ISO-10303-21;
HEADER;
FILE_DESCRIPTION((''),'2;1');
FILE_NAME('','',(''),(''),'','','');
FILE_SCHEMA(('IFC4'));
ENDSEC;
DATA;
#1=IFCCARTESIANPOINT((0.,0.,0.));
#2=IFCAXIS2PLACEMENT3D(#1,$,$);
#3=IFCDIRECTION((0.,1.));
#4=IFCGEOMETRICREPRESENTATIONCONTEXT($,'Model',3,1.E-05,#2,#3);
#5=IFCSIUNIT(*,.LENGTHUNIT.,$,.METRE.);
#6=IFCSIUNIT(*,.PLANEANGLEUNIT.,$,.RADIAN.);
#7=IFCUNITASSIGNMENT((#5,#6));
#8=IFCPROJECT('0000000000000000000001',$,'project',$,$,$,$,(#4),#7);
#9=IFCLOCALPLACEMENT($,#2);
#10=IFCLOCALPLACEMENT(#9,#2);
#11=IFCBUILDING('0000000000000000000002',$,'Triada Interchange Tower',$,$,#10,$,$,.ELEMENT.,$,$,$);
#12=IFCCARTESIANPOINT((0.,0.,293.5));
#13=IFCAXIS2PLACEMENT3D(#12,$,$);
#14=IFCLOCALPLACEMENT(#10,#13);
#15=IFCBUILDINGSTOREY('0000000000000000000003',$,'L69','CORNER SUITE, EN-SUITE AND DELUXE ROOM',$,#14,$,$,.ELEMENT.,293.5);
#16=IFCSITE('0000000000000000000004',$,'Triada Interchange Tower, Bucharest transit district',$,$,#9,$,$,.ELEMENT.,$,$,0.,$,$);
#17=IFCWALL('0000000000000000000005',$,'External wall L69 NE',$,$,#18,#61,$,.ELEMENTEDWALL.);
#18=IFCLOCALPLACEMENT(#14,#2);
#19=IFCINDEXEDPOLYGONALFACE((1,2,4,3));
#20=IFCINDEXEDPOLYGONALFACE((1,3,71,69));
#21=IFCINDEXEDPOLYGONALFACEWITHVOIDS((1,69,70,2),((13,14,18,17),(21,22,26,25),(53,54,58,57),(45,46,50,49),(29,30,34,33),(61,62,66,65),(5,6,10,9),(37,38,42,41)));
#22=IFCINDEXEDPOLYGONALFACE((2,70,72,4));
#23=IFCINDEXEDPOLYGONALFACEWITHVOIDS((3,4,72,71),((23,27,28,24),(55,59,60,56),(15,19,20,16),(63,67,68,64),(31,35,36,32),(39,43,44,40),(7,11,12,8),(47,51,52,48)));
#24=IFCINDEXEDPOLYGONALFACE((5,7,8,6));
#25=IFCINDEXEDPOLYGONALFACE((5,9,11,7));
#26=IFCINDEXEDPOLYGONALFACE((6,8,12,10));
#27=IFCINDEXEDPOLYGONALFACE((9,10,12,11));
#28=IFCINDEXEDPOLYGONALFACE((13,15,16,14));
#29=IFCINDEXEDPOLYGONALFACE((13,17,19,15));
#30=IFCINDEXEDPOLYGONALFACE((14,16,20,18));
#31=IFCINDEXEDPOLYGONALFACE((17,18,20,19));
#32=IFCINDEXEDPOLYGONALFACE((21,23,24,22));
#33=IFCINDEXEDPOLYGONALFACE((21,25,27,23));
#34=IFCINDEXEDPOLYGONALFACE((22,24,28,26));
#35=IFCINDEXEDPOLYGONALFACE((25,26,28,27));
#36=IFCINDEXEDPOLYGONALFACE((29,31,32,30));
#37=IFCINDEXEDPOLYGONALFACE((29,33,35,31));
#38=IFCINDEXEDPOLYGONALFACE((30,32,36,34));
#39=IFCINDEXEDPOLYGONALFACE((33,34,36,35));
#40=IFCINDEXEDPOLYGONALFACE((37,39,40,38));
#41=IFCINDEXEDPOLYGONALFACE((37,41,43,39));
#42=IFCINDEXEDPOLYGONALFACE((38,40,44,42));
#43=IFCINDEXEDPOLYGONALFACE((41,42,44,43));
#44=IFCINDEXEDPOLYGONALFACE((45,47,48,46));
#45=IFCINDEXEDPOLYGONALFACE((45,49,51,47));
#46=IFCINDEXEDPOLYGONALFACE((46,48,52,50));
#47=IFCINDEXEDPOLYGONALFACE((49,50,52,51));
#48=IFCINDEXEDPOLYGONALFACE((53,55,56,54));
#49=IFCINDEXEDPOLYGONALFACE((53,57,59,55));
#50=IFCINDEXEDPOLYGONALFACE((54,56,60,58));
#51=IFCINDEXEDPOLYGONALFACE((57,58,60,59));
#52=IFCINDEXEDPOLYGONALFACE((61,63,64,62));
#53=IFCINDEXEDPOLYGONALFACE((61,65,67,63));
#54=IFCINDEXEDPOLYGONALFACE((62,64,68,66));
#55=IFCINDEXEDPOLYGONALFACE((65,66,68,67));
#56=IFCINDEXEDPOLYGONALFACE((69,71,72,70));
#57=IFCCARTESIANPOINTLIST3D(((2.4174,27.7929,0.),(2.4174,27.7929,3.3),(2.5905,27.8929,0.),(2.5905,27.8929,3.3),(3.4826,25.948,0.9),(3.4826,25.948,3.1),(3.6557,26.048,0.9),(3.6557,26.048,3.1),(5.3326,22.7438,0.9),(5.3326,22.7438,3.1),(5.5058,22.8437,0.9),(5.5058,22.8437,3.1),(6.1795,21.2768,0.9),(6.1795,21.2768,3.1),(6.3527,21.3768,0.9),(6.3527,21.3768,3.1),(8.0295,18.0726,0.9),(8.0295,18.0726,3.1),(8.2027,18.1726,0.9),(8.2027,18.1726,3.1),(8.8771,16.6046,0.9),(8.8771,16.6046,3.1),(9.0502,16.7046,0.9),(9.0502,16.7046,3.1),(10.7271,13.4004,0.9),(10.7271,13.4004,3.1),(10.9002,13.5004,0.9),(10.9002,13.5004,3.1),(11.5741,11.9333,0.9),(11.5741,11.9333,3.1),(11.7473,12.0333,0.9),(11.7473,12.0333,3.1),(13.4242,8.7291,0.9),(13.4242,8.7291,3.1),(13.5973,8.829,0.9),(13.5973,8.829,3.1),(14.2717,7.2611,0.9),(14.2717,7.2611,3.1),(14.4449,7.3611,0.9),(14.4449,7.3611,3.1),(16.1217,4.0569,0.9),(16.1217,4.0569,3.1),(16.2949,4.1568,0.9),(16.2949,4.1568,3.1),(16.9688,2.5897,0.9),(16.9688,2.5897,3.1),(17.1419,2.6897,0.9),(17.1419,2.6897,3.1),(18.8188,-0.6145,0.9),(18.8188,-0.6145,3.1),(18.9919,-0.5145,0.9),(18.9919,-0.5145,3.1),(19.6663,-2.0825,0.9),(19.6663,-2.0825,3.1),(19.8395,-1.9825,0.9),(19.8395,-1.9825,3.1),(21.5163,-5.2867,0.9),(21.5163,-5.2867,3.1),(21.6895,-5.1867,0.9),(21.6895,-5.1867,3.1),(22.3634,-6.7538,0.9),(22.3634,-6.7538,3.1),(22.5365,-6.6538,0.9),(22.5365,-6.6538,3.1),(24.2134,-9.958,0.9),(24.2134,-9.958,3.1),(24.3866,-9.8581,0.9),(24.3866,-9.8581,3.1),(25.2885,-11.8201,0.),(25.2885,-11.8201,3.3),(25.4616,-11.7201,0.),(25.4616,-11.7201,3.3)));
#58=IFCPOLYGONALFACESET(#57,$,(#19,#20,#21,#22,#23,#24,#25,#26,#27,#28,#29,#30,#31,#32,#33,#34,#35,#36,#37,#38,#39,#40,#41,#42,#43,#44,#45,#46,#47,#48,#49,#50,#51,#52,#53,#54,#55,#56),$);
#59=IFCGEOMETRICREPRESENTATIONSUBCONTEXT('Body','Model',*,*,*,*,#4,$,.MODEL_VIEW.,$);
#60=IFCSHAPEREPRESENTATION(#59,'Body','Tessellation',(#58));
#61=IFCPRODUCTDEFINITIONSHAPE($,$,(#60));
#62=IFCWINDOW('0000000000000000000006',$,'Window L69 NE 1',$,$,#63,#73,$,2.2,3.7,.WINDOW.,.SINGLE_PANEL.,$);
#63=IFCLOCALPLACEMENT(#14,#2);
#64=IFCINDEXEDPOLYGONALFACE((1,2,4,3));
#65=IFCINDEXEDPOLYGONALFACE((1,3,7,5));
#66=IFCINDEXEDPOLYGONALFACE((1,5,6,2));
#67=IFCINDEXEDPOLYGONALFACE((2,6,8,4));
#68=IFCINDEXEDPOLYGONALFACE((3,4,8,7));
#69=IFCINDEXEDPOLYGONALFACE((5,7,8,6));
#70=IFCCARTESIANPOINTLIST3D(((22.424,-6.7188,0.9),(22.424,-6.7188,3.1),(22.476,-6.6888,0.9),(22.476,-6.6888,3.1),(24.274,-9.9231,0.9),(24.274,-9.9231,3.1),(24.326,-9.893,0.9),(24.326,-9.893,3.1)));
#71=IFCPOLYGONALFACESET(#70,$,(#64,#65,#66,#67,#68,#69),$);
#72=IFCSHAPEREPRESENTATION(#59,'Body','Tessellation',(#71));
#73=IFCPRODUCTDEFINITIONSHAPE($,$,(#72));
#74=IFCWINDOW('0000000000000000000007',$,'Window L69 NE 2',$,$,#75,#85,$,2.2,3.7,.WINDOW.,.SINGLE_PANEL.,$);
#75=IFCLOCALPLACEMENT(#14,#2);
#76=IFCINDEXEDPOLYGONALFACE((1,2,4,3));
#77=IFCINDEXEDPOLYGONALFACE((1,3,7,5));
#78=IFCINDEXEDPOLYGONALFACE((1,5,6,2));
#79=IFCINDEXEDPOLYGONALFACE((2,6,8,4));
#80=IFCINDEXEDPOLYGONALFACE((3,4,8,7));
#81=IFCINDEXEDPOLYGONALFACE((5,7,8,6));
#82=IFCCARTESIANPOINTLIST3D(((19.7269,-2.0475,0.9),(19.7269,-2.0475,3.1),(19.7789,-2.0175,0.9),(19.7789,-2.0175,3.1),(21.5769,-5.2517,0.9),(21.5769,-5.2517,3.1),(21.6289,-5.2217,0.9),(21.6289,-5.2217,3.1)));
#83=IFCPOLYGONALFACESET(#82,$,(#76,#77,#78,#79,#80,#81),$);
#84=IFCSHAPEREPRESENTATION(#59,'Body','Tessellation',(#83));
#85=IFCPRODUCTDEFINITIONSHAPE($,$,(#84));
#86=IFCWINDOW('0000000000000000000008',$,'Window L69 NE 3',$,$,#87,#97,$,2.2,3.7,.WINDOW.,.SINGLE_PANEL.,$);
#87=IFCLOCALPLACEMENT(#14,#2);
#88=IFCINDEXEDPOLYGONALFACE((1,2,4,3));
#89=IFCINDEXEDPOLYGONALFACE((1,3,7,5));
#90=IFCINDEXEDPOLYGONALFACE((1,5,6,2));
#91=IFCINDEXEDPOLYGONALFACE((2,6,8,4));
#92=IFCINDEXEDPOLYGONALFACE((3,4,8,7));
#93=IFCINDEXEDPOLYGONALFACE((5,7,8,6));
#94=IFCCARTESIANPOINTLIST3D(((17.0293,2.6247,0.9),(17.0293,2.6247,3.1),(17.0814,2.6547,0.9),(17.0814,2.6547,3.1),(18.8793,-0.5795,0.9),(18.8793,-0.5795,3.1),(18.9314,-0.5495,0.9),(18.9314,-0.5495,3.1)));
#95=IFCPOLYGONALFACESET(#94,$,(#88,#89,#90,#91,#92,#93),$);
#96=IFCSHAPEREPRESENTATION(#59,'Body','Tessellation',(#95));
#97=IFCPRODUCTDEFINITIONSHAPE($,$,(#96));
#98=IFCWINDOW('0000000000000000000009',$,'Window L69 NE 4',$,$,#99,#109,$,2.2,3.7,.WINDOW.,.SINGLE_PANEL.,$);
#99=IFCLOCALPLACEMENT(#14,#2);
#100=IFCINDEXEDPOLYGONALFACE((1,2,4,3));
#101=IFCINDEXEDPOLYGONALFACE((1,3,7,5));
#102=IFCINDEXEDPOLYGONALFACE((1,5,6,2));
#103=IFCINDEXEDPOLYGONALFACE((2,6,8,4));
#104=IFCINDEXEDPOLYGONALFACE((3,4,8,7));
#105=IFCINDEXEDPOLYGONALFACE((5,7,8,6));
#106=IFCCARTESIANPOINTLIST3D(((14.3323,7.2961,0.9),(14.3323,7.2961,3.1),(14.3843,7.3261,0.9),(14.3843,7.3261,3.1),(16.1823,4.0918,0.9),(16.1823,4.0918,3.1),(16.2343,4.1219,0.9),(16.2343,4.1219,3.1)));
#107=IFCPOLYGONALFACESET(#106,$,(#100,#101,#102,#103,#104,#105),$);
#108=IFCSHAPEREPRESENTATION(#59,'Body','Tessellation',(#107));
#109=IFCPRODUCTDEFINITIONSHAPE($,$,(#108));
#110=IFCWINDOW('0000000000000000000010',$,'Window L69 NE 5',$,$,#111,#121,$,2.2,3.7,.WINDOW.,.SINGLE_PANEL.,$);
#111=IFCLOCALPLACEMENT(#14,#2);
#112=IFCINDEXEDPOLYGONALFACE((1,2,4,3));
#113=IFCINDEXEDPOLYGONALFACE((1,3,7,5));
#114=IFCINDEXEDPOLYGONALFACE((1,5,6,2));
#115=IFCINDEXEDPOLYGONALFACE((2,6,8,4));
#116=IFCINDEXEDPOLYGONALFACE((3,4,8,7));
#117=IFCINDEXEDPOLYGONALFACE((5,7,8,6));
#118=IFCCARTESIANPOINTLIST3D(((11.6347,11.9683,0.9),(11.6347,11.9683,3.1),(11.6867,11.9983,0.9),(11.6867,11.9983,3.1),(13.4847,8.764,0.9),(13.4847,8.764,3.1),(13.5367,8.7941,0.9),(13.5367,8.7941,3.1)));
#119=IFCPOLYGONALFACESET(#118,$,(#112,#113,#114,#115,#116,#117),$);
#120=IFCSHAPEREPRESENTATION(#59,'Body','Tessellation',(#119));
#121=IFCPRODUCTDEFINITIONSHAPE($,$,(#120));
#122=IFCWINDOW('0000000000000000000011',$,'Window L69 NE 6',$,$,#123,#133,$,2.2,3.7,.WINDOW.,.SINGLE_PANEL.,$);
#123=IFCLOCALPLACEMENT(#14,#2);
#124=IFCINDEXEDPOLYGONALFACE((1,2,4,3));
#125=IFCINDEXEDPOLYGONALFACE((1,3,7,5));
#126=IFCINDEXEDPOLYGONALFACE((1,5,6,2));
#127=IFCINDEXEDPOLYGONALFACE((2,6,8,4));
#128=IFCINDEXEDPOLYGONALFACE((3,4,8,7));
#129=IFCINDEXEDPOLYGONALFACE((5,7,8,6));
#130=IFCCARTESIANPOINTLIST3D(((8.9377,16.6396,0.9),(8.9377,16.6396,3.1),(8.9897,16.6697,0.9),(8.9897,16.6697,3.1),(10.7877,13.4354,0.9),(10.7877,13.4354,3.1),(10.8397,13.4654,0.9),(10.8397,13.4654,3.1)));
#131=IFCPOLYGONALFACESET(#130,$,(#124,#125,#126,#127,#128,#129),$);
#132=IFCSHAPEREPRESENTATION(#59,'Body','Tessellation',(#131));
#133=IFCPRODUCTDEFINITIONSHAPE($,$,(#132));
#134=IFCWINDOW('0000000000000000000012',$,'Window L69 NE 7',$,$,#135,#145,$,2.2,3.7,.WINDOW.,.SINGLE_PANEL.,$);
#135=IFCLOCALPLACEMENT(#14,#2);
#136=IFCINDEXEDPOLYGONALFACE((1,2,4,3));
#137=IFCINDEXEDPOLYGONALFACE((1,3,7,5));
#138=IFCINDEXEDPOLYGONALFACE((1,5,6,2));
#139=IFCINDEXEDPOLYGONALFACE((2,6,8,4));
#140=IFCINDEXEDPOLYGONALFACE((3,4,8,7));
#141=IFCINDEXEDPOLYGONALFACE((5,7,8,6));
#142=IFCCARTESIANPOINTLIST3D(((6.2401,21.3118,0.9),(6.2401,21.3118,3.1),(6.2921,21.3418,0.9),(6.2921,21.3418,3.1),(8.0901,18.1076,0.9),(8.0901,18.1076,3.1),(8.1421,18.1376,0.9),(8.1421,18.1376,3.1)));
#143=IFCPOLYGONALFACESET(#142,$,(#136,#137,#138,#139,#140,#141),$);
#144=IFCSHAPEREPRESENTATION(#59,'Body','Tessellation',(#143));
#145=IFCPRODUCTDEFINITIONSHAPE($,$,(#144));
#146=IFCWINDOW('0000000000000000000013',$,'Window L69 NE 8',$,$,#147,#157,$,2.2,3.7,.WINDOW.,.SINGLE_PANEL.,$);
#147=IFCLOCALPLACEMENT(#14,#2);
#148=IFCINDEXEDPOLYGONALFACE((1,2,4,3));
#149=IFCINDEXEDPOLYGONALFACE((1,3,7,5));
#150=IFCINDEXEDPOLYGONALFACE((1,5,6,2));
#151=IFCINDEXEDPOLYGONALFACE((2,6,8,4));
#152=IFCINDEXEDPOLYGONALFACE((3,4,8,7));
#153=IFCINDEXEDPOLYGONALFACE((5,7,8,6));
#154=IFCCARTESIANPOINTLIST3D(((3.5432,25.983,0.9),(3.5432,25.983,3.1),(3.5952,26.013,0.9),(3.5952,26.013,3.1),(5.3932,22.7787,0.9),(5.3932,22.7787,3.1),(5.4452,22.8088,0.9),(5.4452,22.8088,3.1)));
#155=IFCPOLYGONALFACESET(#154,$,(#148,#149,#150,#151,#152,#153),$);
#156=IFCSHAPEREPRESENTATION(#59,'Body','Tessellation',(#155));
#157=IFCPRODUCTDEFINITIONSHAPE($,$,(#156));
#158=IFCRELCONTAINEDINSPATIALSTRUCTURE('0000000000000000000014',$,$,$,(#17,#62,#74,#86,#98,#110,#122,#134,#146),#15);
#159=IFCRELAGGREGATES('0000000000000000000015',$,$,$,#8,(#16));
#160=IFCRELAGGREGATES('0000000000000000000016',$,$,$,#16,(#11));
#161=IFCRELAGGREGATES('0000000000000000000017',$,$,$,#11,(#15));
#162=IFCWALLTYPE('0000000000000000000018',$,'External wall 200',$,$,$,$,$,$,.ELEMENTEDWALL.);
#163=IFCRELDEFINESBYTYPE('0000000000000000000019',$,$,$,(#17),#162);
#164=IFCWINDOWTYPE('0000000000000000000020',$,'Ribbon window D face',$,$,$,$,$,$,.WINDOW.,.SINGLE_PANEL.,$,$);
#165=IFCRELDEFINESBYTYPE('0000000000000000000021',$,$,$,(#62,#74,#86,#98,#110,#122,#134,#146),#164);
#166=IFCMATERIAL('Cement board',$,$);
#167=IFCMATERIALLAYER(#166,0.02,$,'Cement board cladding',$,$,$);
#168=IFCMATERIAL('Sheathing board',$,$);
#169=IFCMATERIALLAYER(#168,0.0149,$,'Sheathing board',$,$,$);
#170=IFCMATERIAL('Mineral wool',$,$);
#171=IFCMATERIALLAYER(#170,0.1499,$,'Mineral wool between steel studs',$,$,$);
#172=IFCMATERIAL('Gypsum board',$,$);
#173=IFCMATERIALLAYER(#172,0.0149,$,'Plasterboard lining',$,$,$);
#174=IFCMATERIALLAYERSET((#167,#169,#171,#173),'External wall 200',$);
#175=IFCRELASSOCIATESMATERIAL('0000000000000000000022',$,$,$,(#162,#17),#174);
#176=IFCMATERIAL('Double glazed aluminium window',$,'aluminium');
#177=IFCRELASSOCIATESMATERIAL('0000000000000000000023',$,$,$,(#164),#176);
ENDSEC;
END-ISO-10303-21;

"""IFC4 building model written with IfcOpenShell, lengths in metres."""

from ifc_helpers import new_model, si_unit, direction, frame, frame_2d, origin, place, context, subcontext, project, spatial, rectangle, extrude, material, layer, layer_set, layer_usage, type_object, element, fill, save


model = new_model("IFC4")

# Units and contexts
model_context = context("Model", 3, precision=1e-05, world=origin(), true_north=direction((0.0, 1.0)))
body_context = subcontext(model_context, "Body", "Model", "MODEL_VIEW")
ifc_project = project(units=[si_unit("LENGTHUNIT", "METRE"), si_unit("PLANEANGLEUNIT", "RADIAN")], contexts=[model_context])

# Site, building, storey
site_placement = place(None, origin())
site = spatial("IfcSite", under=ifc_project, at=site_placement, Name="Triada Interchange Tower, Bucharest transit district", CompositionType="ELEMENT", RefElevation=0.0)
building_placement = place(site_placement, origin())
building = spatial("IfcBuilding", under=site, at=building_placement, Name="Triada Interchange Tower", CompositionType="ELEMENT")
storey_placement = place(building_placement, frame((0.0, 0.0, 293.5)))
storey = spatial("IfcBuildingStorey", under=building, at=storey_placement, Name="L69", Description="CORNER SUITE, EN-SUITE AND DELUXE ROOM", CompositionType="ELEMENT", Elevation=293.5)

# Shared definitions
ifc_material_1 = material(Name="Cement board")
ifc_layer_1 = layer(ifc_material_1, 0.02, Name="Cement board cladding")
ifc_material_2 = material(Name="Sheathing board")
ifc_layer_2 = layer(ifc_material_2, 0.0149, Name="Sheathing board")
ifc_material_3 = material(Name="Mineral wool")
ifc_layer_3 = layer(ifc_material_3, 0.1499, Name="Mineral wool between steel studs")
ifc_material_4 = material(Name="Gypsum board")
ifc_layer_4 = layer(ifc_material_4, 0.0149, Name="Plasterboard lining")
ifc_layer_set_1 = layer_set([ifc_layer_1, ifc_layer_2, ifc_layer_3, ifc_layer_4], Name="External wall 200")
ifc_layer_usage = layer_usage(ifc_layer_set_1, "AXIS2", "POSITIVE", -0.1001)
wall_type_1 = type_object("IfcWallType", Name="External wall 200", PredefinedType="ELEMENTEDWALL", material=ifc_layer_set_1)
ifc_material_5 = material(Name="Double glazed aluminium window", Category="aluminium")

# Wall, openings, windows
wall_1_placement = place(storey_placement, frame((25.375, -11.77, 0.0), z_axis=(0.0, 0.0, 1.0), x_axis=(-0.500008, 0.866021, 0.0)))
wall_1 = element("IfcWall", 1, at=wall_1_placement, inside=storey, type_object=wall_type_1, material=ifc_layer_usage, Name="External wall L69 NE", PredefinedType="ELEMENTEDWALL", context=body_context, shape_type="SweptSolid", body=[
    extrude(rectangle(XDim=45.7415, YDim=0.2, at=frame_2d((22.8706, 0.0))), origin(), (0.0, 0.0, 1.0), 3.3),
])
opening_1_placement = place(wall_1_placement, frame((2.1499, 0.0, 0.8999)))
opening_1 = element("IfcOpeningElement", 2, at=opening_1_placement, cuts=wall_1, PredefinedType="OPENING", context=body_context, shape_type="SweptSolid", body=[
    extrude(rectangle(XDim=3.7, YDim=2.2, at=frame_2d((1.8501, 1.1001))), frame((0.0, 0.1099, 0.0), z_axis=(0.0, -1.0, 0.0), x_axis=(1.0, 0.0, 0.0)), (0.0, 0.0, 1.0), 0.22),
])
opening_2_placement = place(wall_1_placement, frame((7.5439, 0.0, 0.8999)))
opening_2 = element("IfcOpeningElement", 3, at=opening_2_placement, cuts=wall_1, PredefinedType="OPENING", context=body_context, shape_type="SweptSolid", body=[
    extrude(rectangle(XDim=3.7, YDim=2.2, at=frame_2d((1.8501, 1.1001))), frame((0.0, 0.1099, 0.0), z_axis=(0.0, -1.0, 0.0), x_axis=(1.0, 0.0, 0.0)), (0.0, 0.0, 1.0), 0.22),
])
opening_3_placement = place(wall_1_placement, frame((12.939, 0.0, 0.8999)))
opening_3 = element("IfcOpeningElement", 4, at=opening_3_placement, cuts=wall_1, PredefinedType="OPENING", context=body_context, shape_type="SweptSolid", body=[
    extrude(rectangle(XDim=3.7, YDim=2.2, at=frame_2d((1.8501, 1.1001))), frame((0.0, 0.1099, 0.0), z_axis=(0.0, -1.0, 0.0), x_axis=(1.0, 0.0, 0.0)), (0.0, 0.0, 1.0), 0.22),
])
opening_4_placement = place(wall_1_placement, frame((18.333, 0.0, 0.8999)))
opening_4 = element("IfcOpeningElement", 5, at=opening_4_placement, cuts=wall_1, PredefinedType="OPENING", context=body_context, shape_type="SweptSolid", body=[
    extrude(rectangle(XDim=3.7, YDim=2.2, at=frame_2d((1.8501, 1.1001))), frame((0.0, 0.1099, 0.0), z_axis=(0.0, -1.0, 0.0), x_axis=(1.0, 0.0, 0.0)), (0.0, 0.0, 1.0), 0.22),
])
opening_5_placement = place(wall_1_placement, frame((23.728, 0.0, 0.8999)))
opening_5 = element("IfcOpeningElement", 6, at=opening_5_placement, cuts=wall_1, PredefinedType="OPENING", context=body_context, shape_type="SweptSolid", body=[
    extrude(rectangle(XDim=3.7, YDim=2.2, at=frame_2d((1.8501, 1.1001))), frame((0.0, 0.1099, 0.0), z_axis=(0.0, -1.0, 0.0), x_axis=(1.0, 0.0, 0.0)), (0.0, 0.0, 1.0), 0.22),
])
opening_6_placement = place(wall_1_placement, frame((29.1221, 0.0, 0.8999)))
opening_6 = element("IfcOpeningElement", 7, at=opening_6_placement, cuts=wall_1, PredefinedType="OPENING", context=body_context, shape_type="SweptSolid", body=[
    extrude(rectangle(XDim=3.7, YDim=2.2, at=frame_2d((1.8501, 1.1001))), frame((0.0, 0.1099, 0.0), z_axis=(0.0, -1.0, 0.0), x_axis=(1.0, 0.0, 0.0)), (0.0, 0.0, 1.0), 0.22),
])
opening_7_placement = place(wall_1_placement, frame((34.5171, 0.0, 0.8999)))
opening_7 = element("IfcOpeningElement", 8, at=opening_7_placement, cuts=wall_1, PredefinedType="OPENING", context=body_context, shape_type="SweptSolid", body=[
    extrude(rectangle(XDim=3.7, YDim=2.2, at=frame_2d((1.8501, 1.1001))), frame((0.0, 0.1099, 0.0), z_axis=(0.0, -1.0, 0.0), x_axis=(1.0, 0.0, 0.0)), (0.0, 0.0, 1.0), 0.22),
])
opening_8_placement = place(wall_1_placement, frame((39.9109, 0.0, 0.8999)))
opening_8 = element("IfcOpeningElement", 9, at=opening_8_placement, cuts=wall_1, PredefinedType="OPENING", context=body_context, shape_type="SweptSolid", body=[
    extrude(rectangle(XDim=3.7, YDim=2.2, at=frame_2d((1.8501, 1.1001))), frame((0.0, 0.1099, 0.0), z_axis=(0.0, -1.0, 0.0), x_axis=(1.0, 0.0, 0.0)), (0.0, 0.0, 1.0), 0.22),
])
window_type_1 = type_object("IfcWindowType", Name="Ribbon window D face", PartitioningType="SINGLE_PANEL", PredefinedType="WINDOW", material=ifc_material_5)
window_1_placement = place(opening_1_placement, origin())
window_1 = element("IfcWindow", 10, at=window_1_placement, inside=storey, type_object=window_type_1, Name="Window L69 NE 1", OverallHeight=2.2, OverallWidth=3.7, PartitioningType="SINGLE_PANEL", PredefinedType="WINDOW", context=body_context, shape_type="SweptSolid", body=[
    extrude(rectangle(XDim=3.7, YDim=2.2, at=frame_2d((1.8501, 1.1001))), frame((0.0, 0.03, 0.0), z_axis=(0.0, -1.0, 0.0), x_axis=(1.0, 0.0, 0.0)), (0.0, 0.0, 1.0), 0.0601),
])
fill(opening_1, window_1)
window_2_placement = place(opening_2_placement, origin())
window_2 = element("IfcWindow", 11, at=window_2_placement, inside=storey, type_object=window_type_1, Name="Window L69 NE 2", OverallHeight=2.2, OverallWidth=3.7, PartitioningType="SINGLE_PANEL", PredefinedType="WINDOW", context=body_context, shape_type="SweptSolid", body=[
    extrude(rectangle(XDim=3.7, YDim=2.2, at=frame_2d((1.8501, 1.1001))), frame((0.0, 0.03, 0.0), z_axis=(0.0, -1.0, 0.0), x_axis=(1.0, 0.0, 0.0)), (0.0, 0.0, 1.0), 0.0601),
])
fill(opening_2, window_2)
window_3_placement = place(opening_3_placement, origin())
window_3 = element("IfcWindow", 12, at=window_3_placement, inside=storey, type_object=window_type_1, Name="Window L69 NE 3", OverallHeight=2.2, OverallWidth=3.7, PartitioningType="SINGLE_PANEL", PredefinedType="WINDOW", context=body_context, shape_type="SweptSolid", body=[
    extrude(rectangle(XDim=3.7, YDim=2.2, at=frame_2d((1.8501, 1.1001))), frame((0.0, 0.03, 0.0), z_axis=(0.0, -1.0, 0.0), x_axis=(1.0, 0.0, 0.0)), (0.0, 0.0, 1.0), 0.0601),
])
fill(opening_3, window_3)
window_4_placement = place(opening_4_placement, origin())
window_4 = element("IfcWindow", 13, at=window_4_placement, inside=storey, type_object=window_type_1, Name="Window L69 NE 4", OverallHeight=2.2, OverallWidth=3.7, PartitioningType="SINGLE_PANEL", PredefinedType="WINDOW", context=body_context, shape_type="SweptSolid", body=[
    extrude(rectangle(XDim=3.7, YDim=2.2, at=frame_2d((1.8501, 1.1001))), frame((0.0, 0.03, 0.0), z_axis=(0.0, -1.0, 0.0), x_axis=(1.0, 0.0, 0.0)), (0.0, 0.0, 1.0), 0.0601),
])
fill(opening_4, window_4)
window_5_placement = place(opening_5_placement, origin())
window_5 = element("IfcWindow", 14, at=window_5_placement, inside=storey, type_object=window_type_1, Name="Window L69 NE 5", OverallHeight=2.2, OverallWidth=3.7, PartitioningType="SINGLE_PANEL", PredefinedType="WINDOW", context=body_context, shape_type="SweptSolid", body=[
    extrude(rectangle(XDim=3.7, YDim=2.2, at=frame_2d((1.8501, 1.1001))), frame((0.0, 0.03, 0.0), z_axis=(0.0, -1.0, 0.0), x_axis=(1.0, 0.0, 0.0)), (0.0, 0.0, 1.0), 0.0601),
])
fill(opening_5, window_5)
window_6_placement = place(opening_6_placement, origin())
window_6 = element("IfcWindow", 15, at=window_6_placement, inside=storey, type_object=window_type_1, Name="Window L69 NE 6", OverallHeight=2.2, OverallWidth=3.7, PartitioningType="SINGLE_PANEL", PredefinedType="WINDOW", context=body_context, shape_type="SweptSolid", body=[
    extrude(rectangle(XDim=3.7, YDim=2.2, at=frame_2d((1.8501, 1.1001))), frame((0.0, 0.03, 0.0), z_axis=(0.0, -1.0, 0.0), x_axis=(1.0, 0.0, 0.0)), (0.0, 0.0, 1.0), 0.0601),
])
fill(opening_6, window_6)
window_7_placement = place(opening_7_placement, origin())
window_7 = element("IfcWindow", 16, at=window_7_placement, inside=storey, type_object=window_type_1, Name="Window L69 NE 7", OverallHeight=2.2, OverallWidth=3.7, PartitioningType="SINGLE_PANEL", PredefinedType="WINDOW", context=body_context, shape_type="SweptSolid", body=[
    extrude(rectangle(XDim=3.7, YDim=2.2, at=frame_2d((1.8501, 1.1001))), frame((0.0, 0.03, 0.0), z_axis=(0.0, -1.0, 0.0), x_axis=(1.0, 0.0, 0.0)), (0.0, 0.0, 1.0), 0.0601),
])
fill(opening_7, window_7)
window_8_placement = place(opening_8_placement, origin())
window_8 = element("IfcWindow", 17, at=window_8_placement, inside=storey, type_object=window_type_1, Name="Window L69 NE 8", OverallHeight=2.2, OverallWidth=3.7, PartitioningType="SINGLE_PANEL", PredefinedType="WINDOW", context=body_context, shape_type="SweptSolid", body=[
    extrude(rectangle(XDim=3.7, YDim=2.2, at=frame_2d((1.8501, 1.1001))), frame((0.0, 0.03, 0.0), z_axis=(0.0, -1.0, 0.0), x_axis=(1.0, 0.0, 0.0)), (0.0, 0.0, 1.0), 0.0601),
])
fill(opening_8, window_8)

save(model, "model.ifc")
